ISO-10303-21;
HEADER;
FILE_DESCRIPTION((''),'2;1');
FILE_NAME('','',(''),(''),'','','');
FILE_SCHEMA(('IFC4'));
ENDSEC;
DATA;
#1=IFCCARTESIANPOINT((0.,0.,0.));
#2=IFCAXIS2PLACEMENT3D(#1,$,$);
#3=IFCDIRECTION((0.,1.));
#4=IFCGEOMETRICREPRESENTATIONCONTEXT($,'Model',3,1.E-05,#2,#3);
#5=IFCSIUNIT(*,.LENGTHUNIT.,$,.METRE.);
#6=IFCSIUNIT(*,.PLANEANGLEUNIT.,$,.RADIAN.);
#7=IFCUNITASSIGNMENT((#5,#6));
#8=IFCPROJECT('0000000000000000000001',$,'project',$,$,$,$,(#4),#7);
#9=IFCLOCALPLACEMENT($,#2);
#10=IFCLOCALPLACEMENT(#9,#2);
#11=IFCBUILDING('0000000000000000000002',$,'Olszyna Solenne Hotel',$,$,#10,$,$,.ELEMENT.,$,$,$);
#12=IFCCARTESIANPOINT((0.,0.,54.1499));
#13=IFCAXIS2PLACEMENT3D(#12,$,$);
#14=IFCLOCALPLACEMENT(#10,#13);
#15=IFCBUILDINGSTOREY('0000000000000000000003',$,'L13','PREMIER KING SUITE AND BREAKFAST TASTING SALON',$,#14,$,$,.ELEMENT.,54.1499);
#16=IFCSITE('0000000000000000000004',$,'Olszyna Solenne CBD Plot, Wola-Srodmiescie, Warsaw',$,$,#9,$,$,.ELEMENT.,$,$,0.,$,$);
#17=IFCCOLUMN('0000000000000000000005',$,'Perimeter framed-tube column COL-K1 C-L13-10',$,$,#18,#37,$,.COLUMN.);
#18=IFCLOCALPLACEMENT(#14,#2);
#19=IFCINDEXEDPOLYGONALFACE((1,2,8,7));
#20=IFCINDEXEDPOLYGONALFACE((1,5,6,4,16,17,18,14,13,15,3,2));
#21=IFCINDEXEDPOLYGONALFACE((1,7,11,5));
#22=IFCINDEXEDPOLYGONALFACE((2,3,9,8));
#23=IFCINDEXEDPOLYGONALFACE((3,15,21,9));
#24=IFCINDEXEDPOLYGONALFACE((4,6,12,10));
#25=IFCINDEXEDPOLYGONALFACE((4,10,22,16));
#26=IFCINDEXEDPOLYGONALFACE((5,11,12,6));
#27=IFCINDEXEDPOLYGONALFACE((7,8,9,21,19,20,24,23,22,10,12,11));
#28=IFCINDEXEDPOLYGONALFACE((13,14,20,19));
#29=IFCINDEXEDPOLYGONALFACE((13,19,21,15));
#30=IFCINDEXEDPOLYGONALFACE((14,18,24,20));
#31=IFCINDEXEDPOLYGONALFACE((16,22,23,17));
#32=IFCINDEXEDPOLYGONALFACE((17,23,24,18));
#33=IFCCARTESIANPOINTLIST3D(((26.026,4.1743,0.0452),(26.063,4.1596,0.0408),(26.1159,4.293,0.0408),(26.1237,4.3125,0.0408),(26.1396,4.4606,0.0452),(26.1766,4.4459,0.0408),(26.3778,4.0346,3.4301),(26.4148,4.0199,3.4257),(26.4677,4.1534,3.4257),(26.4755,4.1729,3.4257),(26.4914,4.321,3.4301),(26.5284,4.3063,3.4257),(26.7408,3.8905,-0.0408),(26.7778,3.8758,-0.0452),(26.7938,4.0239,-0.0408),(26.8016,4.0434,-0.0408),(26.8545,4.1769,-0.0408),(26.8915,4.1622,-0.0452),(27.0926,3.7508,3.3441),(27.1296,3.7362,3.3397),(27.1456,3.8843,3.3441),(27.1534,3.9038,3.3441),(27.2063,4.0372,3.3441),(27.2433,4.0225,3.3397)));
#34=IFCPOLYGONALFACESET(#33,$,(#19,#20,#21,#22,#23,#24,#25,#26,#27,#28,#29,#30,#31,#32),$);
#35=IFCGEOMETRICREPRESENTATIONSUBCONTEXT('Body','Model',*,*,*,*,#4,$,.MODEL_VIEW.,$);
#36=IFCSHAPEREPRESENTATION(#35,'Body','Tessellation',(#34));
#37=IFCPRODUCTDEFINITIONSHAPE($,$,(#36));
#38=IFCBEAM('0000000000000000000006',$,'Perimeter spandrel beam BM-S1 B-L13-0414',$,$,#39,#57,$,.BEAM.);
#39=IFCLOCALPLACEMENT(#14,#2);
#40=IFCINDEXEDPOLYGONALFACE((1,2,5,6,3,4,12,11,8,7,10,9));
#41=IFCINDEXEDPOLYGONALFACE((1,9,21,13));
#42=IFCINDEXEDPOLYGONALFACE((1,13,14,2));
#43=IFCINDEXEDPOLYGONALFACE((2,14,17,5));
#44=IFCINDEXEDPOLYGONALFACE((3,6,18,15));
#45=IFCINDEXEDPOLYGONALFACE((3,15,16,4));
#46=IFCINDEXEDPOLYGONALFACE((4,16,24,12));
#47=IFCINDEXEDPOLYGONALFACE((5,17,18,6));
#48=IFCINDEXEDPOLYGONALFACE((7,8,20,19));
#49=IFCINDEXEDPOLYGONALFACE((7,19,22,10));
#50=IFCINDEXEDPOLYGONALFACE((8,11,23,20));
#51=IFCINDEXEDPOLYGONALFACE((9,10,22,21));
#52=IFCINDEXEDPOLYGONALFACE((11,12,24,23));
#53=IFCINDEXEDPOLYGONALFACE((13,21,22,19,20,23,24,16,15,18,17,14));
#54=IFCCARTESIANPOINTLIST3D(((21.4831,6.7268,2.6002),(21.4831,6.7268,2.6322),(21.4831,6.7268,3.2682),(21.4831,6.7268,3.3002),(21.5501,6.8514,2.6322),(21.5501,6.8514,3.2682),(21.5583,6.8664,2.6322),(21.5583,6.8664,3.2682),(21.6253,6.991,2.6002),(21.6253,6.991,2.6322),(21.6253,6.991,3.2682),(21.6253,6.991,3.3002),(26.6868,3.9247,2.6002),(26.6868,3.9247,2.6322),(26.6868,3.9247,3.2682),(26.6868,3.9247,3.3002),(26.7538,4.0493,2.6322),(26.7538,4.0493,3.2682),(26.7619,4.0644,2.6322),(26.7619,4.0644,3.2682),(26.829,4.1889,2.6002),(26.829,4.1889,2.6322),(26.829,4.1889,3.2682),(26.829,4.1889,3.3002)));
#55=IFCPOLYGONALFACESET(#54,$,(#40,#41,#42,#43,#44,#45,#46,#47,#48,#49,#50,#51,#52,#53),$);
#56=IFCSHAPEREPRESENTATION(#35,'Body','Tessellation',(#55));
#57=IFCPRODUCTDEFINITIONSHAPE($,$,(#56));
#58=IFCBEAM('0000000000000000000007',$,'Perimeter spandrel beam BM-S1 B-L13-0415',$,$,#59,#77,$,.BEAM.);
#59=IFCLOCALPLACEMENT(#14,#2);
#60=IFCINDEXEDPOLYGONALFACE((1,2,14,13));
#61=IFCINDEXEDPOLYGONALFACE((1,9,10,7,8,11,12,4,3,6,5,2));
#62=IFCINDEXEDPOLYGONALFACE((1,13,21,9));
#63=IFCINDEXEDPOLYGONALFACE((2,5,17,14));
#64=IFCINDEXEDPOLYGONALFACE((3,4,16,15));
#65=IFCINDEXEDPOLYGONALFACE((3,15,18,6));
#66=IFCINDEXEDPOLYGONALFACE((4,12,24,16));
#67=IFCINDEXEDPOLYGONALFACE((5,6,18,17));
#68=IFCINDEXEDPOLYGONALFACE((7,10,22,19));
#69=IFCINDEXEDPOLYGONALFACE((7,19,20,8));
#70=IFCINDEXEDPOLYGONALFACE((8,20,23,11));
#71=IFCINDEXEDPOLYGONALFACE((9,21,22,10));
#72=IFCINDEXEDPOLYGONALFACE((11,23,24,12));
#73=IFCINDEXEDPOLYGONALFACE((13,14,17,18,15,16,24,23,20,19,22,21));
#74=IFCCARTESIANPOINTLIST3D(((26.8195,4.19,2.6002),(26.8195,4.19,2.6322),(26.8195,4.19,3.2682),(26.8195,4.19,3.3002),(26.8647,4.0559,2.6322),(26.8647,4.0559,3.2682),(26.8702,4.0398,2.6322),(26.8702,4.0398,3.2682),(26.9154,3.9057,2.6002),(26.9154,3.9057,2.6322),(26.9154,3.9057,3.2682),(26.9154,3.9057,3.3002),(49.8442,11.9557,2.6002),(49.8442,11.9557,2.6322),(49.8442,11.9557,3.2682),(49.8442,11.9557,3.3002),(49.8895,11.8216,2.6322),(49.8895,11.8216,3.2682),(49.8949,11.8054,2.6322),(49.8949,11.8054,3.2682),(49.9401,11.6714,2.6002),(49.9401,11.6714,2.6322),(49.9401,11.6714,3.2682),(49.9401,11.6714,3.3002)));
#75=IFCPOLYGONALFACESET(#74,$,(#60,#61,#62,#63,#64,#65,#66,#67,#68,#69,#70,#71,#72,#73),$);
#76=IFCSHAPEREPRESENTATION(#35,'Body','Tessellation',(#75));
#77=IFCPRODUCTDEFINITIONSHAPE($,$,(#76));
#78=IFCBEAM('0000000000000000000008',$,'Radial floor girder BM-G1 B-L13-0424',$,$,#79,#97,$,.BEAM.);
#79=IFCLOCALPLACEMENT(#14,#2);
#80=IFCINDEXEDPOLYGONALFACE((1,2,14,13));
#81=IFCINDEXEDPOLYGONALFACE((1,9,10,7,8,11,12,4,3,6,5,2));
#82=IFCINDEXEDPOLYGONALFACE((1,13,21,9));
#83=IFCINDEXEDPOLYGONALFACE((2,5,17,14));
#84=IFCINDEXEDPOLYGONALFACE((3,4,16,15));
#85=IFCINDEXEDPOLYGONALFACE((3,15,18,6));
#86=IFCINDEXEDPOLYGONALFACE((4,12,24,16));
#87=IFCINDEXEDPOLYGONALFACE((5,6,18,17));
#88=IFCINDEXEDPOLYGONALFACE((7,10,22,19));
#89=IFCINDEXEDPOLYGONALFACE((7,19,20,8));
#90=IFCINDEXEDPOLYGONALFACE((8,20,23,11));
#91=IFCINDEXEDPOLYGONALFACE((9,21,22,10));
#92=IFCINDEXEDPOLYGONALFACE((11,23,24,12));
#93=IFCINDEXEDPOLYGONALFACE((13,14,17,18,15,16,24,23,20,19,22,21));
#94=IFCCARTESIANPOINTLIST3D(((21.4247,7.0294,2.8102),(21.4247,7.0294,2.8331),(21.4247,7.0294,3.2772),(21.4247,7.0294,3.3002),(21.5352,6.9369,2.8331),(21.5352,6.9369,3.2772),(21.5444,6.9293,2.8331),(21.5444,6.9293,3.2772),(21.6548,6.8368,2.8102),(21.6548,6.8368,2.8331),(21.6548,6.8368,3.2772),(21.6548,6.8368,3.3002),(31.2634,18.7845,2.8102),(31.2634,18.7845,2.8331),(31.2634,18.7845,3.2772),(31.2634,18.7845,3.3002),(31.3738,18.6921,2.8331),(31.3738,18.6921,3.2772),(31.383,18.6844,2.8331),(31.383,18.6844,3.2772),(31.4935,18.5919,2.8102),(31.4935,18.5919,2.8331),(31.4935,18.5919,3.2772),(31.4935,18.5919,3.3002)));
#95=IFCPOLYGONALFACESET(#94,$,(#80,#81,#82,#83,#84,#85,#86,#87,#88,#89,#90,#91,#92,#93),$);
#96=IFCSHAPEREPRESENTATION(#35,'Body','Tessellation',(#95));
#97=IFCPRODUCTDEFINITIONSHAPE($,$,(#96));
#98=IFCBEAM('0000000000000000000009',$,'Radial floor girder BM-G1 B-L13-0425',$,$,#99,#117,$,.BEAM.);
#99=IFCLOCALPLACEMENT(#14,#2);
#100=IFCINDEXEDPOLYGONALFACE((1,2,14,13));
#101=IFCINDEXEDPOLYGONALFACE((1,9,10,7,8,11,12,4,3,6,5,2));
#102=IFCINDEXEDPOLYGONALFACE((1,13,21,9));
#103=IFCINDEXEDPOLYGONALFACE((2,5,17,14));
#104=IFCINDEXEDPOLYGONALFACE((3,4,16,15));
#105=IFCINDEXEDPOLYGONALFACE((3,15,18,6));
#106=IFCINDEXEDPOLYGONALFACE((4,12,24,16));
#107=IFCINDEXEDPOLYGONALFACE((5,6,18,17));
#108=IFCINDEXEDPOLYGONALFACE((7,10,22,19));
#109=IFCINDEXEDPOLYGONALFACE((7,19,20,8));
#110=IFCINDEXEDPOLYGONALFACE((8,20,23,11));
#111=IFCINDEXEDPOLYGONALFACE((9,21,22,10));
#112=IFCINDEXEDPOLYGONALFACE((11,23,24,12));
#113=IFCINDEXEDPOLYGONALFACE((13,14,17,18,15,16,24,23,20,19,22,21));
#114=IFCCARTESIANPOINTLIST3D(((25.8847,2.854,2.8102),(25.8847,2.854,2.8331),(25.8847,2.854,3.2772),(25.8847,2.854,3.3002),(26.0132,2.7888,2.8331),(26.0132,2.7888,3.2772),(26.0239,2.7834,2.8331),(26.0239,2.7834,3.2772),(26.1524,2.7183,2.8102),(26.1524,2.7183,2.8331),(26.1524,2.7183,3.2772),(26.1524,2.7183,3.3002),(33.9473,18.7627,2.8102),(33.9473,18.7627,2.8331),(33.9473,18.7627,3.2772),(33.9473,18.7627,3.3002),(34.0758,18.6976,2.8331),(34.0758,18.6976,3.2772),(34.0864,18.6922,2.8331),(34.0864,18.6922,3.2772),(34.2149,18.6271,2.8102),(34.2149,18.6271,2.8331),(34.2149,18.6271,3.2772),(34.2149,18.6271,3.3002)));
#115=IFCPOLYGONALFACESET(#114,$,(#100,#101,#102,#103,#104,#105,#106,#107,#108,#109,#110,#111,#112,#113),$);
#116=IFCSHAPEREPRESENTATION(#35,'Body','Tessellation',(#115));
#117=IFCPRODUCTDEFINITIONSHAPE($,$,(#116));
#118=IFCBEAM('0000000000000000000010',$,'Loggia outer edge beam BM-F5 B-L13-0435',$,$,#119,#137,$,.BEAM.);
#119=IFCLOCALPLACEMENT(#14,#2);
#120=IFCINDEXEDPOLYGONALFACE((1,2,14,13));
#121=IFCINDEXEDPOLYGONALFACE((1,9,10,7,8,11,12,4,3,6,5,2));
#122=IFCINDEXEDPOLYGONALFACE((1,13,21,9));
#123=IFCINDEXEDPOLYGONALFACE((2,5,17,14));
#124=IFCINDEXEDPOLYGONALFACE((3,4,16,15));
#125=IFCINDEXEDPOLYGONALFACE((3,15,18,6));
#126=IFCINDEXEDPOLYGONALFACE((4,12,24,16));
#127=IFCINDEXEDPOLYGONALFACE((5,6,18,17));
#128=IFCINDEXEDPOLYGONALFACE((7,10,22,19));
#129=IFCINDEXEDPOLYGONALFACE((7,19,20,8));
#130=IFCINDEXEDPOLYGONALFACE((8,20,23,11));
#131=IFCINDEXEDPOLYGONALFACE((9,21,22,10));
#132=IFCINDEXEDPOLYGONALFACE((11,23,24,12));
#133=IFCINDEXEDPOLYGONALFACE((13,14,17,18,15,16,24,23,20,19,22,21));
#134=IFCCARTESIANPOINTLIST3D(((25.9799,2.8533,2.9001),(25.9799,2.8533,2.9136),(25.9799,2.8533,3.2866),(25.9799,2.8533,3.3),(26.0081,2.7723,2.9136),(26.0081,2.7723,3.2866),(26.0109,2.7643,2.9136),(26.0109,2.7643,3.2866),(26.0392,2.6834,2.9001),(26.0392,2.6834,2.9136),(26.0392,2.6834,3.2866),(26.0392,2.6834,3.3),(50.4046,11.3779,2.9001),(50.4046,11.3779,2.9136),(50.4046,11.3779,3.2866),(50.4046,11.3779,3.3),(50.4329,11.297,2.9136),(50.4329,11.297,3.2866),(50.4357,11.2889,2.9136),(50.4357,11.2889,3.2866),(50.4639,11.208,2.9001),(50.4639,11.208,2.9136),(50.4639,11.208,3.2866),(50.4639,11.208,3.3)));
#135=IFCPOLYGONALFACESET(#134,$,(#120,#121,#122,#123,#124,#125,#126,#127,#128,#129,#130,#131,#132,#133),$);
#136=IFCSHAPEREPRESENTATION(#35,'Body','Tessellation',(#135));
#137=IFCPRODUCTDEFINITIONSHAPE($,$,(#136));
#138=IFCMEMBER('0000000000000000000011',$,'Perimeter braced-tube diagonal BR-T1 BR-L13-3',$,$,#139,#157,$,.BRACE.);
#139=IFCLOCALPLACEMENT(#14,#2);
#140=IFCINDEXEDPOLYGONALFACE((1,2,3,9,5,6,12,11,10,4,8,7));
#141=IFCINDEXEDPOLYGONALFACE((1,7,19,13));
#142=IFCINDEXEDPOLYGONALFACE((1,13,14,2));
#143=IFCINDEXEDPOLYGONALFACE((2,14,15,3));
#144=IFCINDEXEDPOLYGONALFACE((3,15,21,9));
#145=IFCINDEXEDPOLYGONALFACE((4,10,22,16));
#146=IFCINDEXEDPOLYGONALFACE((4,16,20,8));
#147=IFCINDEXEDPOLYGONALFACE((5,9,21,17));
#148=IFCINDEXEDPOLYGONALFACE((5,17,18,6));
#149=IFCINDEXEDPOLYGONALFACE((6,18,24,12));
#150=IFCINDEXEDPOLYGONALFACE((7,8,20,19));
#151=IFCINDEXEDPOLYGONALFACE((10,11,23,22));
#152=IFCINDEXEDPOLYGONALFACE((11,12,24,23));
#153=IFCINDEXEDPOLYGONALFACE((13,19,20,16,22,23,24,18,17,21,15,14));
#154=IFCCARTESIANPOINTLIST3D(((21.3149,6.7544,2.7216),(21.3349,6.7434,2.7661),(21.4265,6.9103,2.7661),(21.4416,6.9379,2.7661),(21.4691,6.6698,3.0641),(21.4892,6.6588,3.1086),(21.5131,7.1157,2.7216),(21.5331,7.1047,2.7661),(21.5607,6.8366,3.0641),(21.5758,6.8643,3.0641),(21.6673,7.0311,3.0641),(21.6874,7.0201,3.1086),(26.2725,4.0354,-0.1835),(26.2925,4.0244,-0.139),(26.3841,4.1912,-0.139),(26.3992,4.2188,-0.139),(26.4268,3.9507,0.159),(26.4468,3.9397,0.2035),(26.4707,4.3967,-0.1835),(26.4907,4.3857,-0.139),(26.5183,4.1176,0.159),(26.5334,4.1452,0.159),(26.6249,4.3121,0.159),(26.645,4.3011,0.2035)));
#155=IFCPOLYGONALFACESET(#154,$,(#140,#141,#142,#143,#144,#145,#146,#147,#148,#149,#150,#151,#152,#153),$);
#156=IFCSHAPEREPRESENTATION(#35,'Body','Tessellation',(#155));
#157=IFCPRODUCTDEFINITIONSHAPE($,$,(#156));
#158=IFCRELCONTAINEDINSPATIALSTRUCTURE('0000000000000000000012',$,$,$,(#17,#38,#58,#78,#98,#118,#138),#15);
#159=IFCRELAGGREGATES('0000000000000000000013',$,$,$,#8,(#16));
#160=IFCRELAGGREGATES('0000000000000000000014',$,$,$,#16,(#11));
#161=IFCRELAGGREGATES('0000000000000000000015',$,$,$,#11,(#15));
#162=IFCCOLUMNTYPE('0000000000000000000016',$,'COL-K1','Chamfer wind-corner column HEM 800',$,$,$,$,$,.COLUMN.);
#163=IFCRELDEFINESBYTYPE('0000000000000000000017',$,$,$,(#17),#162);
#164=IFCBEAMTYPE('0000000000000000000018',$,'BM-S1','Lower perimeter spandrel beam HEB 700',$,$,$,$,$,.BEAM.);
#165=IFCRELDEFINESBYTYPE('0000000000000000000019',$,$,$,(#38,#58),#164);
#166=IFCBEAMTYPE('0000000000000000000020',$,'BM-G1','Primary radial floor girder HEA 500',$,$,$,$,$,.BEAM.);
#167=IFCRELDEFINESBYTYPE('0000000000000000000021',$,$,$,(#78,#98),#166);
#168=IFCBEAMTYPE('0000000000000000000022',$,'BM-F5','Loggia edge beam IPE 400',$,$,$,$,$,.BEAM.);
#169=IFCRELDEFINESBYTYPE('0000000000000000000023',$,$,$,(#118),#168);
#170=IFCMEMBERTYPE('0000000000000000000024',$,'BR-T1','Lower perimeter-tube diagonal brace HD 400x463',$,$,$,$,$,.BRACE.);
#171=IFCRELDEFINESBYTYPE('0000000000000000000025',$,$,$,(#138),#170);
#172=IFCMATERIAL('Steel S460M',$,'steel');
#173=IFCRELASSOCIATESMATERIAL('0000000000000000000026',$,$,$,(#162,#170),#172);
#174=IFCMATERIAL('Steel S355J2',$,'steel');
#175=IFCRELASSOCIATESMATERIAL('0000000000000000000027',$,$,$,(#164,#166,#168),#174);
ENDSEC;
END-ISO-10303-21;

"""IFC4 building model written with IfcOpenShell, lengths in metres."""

from ifc_helpers import new_model, si_unit, direction, frame, origin, origin_2d, place, context, subcontext, project, spatial, i_section, extrude, source, transform, mapped, material, material_profile, profile_set, type_object, element, save


model = new_model("IFC4")

# Units and contexts
model_context = context("Model", 3, precision=1e-05, world=origin(), true_north=direction((0.0, 1.0)))
body_context = subcontext(model_context, "Body", "Model", "MODEL_VIEW")
ifc_project = project(units=[si_unit("LENGTHUNIT", "METRE"), si_unit("PLANEANGLEUNIT", "RADIAN")], contexts=[model_context])

# Site, building, storey
site_placement = place(None, origin())
site = spatial("IfcSite", under=ifc_project, at=site_placement, Name="Olszyna Solenne CBD Plot, Wola-Srodmiescie, Warsaw", CompositionType="ELEMENT", RefElevation=0.0)
building_placement = place(site_placement, origin())
building = spatial("IfcBuilding", under=site, at=building_placement, Name="Olszyna Solenne Hotel", CompositionType="ELEMENT")
storey_placement = place(building_placement, frame((0.0, 0.0, 54.1499)))
storey = spatial("IfcBuildingStorey", under=building, at=storey_placement, Name="L13", Description="PREMIER KING SUITE AND BREAKFAST TASTING SALON", CompositionType="ELEMENT", Elevation=54.1499)

# Column
ifc_material_1 = material(Name="Steel S460M", Category="steel")
ifc_material_profile_1 = material_profile(ifc_material_1, i_section(OverallWidth=0.3081, OverallDepth=0.814, WebThickness=0.021, FlangeThickness=0.04, at=origin_2d()), Name="HEM 800", Category="load-bearing")
ifc_profile_set_1 = profile_set([ifc_material_profile_1], Name="Steel S460M")
column_type = type_object("IfcColumnType", Name="COL-K1", Description="Chamfer wind-corner column HEM 800", PredefinedType="COLUMN", material=ifc_profile_set_1)
shared_shape_1 = source(origin(), body_context, "Body", "SweptSolid", [
    extrude(i_section(OverallWidth=0.3081, OverallDepth=0.814, WebThickness=0.021, FlangeThickness=0.04, at=origin_2d()), origin(), (0.0, 0.0, 1.0), 3.406),
])
column_placement = place(storey_placement, frame((26.4587, 4.1682, 0.0), z_axis=(0.103287, -0.040999, 0.993806), x_axis=(0.368943, 0.929452, 0.0)))
element("IfcColumn", 1, at=column_placement, inside=storey, type_object=column_type, Name="Perimeter framed-tube column COL-K1 C-L13-10", PredefinedType="COLUMN", context=body_context, shape_type="MappedRepresentation", body=[
    mapped(shared_shape_1, transform((0.0, 0.0, 0.0), x_axis=(1.0, 0.0, 0.0), y_axis=(0.0, 1.0, 0.0), z_axis=(0.0, 0.0, 1.0), scale=1.0)),
])

# Beams
ifc_material_2 = material(Name="Steel S355J2", Category="steel")
ifc_material_profile_2 = material_profile(ifc_material_2, i_section(OverallWidth=0.3, OverallDepth=0.7, WebThickness=0.0171, FlangeThickness=0.032, at=origin_2d()), Name="HEB 700", Category="load-bearing")
ifc_profile_set_2 = profile_set([ifc_material_profile_2], Name="Steel S355J2")
beam_type_1 = type_object("IfcBeamType", Name="BM-S1", Description="Lower perimeter spandrel beam HEB 700", PredefinedType="BEAM", material=ifc_profile_set_2)
shared_shape_2 = source(origin(), body_context, "Body", "SweptSolid", [
    extrude(i_section(OverallWidth=0.3, OverallDepth=0.7, WebThickness=0.0171, FlangeThickness=0.032, at=origin_2d()), origin(), (0.0, 0.0, 1.0), 5.9102),
])
beam_1_placement = place(storey_placement, frame((21.5542, 6.8589, 2.9502), z_axis=(0.880467, -0.474107, 0.0), x_axis=(0.474107, 0.880467, 0.0)))
element("IfcBeam", 2, at=beam_1_placement, inside=storey, type_object=beam_type_1, Name="Perimeter spandrel beam BM-S1 B-L13-0414", PredefinedType="BEAM", context=body_context, shape_type="MappedRepresentation", body=[
    mapped(shared_shape_2, transform((0.0, 0.0, 0.0), x_axis=(1.0, 0.0, 0.0), y_axis=(0.0, 1.0, 0.0), z_axis=(0.0, 0.0, 1.0), scale=1.0)),
])
shared_shape_3 = source(origin(), body_context, "Body", "SweptSolid", [
    extrude(i_section(OverallWidth=0.3, OverallDepth=0.7, WebThickness=0.0171, FlangeThickness=0.032, at=origin_2d()), origin(), (0.0, 0.0, 1.0), 24.2991),
])
beam_2_placement = place(storey_placement, frame((26.8674, 4.0479, 2.9502), z_axis=(0.947557, 0.319587, 0.0), x_axis=(-0.319587, 0.947557, 0.0)))
element("IfcBeam", 3, at=beam_2_placement, inside=storey, type_object=beam_type_1, Name="Perimeter spandrel beam BM-S1 B-L13-0415", PredefinedType="BEAM", context=body_context, shape_type="MappedRepresentation", body=[
    mapped(shared_shape_3, transform((0.0, 0.0, 0.0), x_axis=(1.0, 0.0, 0.0), y_axis=(0.0, 1.0, 0.0), z_axis=(0.0, 0.0, 1.0), scale=1.0)),
])
ifc_material_profile_3 = material_profile(ifc_material_2, i_section(OverallWidth=0.3, OverallDepth=0.49, WebThickness=0.012, FlangeThickness=0.0229, at=origin_2d()), Name="HEA 500", Category="load-bearing")
ifc_profile_set_3 = profile_set([ifc_material_profile_3], Name="Steel S355J2")
beam_type_2 = type_object("IfcBeamType", Name="BM-G1", Description="Primary radial floor girder HEA 500", PredefinedType="BEAM", material=ifc_profile_set_3)
shared_shape_4 = source(origin(), body_context, "Body", "SweptSolid", [
    extrude(i_section(OverallWidth=0.3, OverallDepth=0.49, WebThickness=0.012, FlangeThickness=0.0229, at=origin_2d()), origin(), (0.0, 0.0, 1.0), 15.3291),
])
beam_3_placement = place(storey_placement, frame((21.5398, 6.9331, 3.0552), z_axis=(0.641826, 0.76685, 0.0), x_axis=(-0.76685, 0.641826, 0.0)))
element("IfcBeam", 4, at=beam_3_placement, inside=storey, type_object=beam_type_2, Name="Radial floor girder BM-G1 B-L13-0424", PredefinedType="BEAM", context=body_context, shape_type="MappedRepresentation", body=[
    mapped(shared_shape_4, transform((0.0, 0.0, 0.0), x_axis=(1.0, 0.0, 0.0), y_axis=(0.0, 1.0, 0.0), z_axis=(0.0, 0.0, 1.0), scale=1.0)),
])
shared_shape_5 = source(origin(), body_context, "Body", "SweptSolid", [
    extrude(i_section(OverallWidth=0.3, OverallDepth=0.49, WebThickness=0.012, FlangeThickness=0.0229, at=origin_2d()), origin(), (0.0, 0.0, 1.0), 17.8352),
])
beam_4_placement = place(storey_placement, frame((26.0186, 2.7861, 3.0552), z_axis=(0.452058, 0.891988, 0.0), x_axis=(-0.891988, 0.452058, 0.0)))
element("IfcBeam", 5, at=beam_4_placement, inside=storey, type_object=beam_type_2, Name="Radial floor girder BM-G1 B-L13-0425", PredefinedType="BEAM", context=body_context, shape_type="MappedRepresentation", body=[
    mapped(shared_shape_5, transform((0.0, 0.0, 0.0), x_axis=(1.0, 0.0, 0.0), y_axis=(0.0, 1.0, 0.0), z_axis=(0.0, 0.0, 1.0), scale=1.0)),
])
ifc_material_profile_4 = material_profile(ifc_material_2, i_section(OverallWidth=0.1799, OverallDepth=0.3999, WebThickness=0.0085, FlangeThickness=0.0134, at=origin_2d()), Name="IPE 400", Category="load-bearing")
ifc_profile_set_4 = profile_set([ifc_material_profile_4], Name="Steel S355J2")
beam_type_3 = type_object("IfcBeamType", Name="BM-F5", Description="Loggia edge beam IPE 400", PredefinedType="BEAM", material=ifc_profile_set_4)
shared_shape_6 = source(origin(), body_context, "Body", "SweptSolid", [
    extrude(i_section(OverallWidth=0.1799, OverallDepth=0.3999, WebThickness=0.0085, FlangeThickness=0.0134, at=origin_2d()), origin(), (0.0, 0.0, 1.0), 25.8696),
])
beam_5_placement = place(storey_placement, frame((26.0095, 2.7683, 3.1001), z_axis=(0.944148, 0.329523, 0.0), x_axis=(-0.329523, 0.944148, 0.0)))
element("IfcBeam", 6, at=beam_5_placement, inside=storey, type_object=beam_type_3, Name="Loggia outer edge beam BM-F5 B-L13-0435", PredefinedType="BEAM", context=body_context, shape_type="MappedRepresentation", body=[
    mapped(shared_shape_6, transform((0.0, 0.0, 0.0), x_axis=(1.0, 0.0, 0.0), y_axis=(0.0, 1.0, 0.0), z_axis=(0.0, 0.0, 1.0), scale=1.0)),
])

# Member
ifc_material_profile_5 = material_profile(ifc_material_1, i_section(OverallWidth=0.4121, OverallDepth=0.4351, WebThickness=0.0315, FlangeThickness=0.05, at=origin_2d()), Name="HD 400x463", Category="load-bearing")
ifc_profile_set_5 = profile_set([ifc_material_profile_5], Name="Steel S460M")
member_type = type_object("IfcMemberType", Name="BR-T1", Description="Lower perimeter-tube diagonal brace HD 400x463", PredefinedType="BRACE", material=ifc_profile_set_5)
shared_shape_7 = source(origin(), body_context, "Body", "SweptSolid", [
    extrude(i_section(OverallWidth=0.4121, OverallDepth=0.4351, WebThickness=0.0315, FlangeThickness=0.05, at=origin_2d()), origin(), (0.0, 0.0, 1.0), 6.3569),
])
member_placement = place(storey_placement, frame((26.4587, 4.1682, 0.01), z_axis=(-0.779874, 0.427729, 0.456994), x_axis=(-0.480881, -0.876786, 0.0)))
element("IfcMember", 7, at=member_placement, inside=storey, type_object=member_type, Name="Perimeter braced-tube diagonal BR-T1 BR-L13-3", PredefinedType="BRACE", context=body_context, shape_type="MappedRepresentation", body=[
    mapped(shared_shape_7, transform((0.0, 0.0, 0.0), x_axis=(1.0, 0.0, 0.0), y_axis=(0.0, 1.0, 0.0), z_axis=(0.0, 0.0, 1.0), scale=1.0)),
])

save(model, "model.ifc")
